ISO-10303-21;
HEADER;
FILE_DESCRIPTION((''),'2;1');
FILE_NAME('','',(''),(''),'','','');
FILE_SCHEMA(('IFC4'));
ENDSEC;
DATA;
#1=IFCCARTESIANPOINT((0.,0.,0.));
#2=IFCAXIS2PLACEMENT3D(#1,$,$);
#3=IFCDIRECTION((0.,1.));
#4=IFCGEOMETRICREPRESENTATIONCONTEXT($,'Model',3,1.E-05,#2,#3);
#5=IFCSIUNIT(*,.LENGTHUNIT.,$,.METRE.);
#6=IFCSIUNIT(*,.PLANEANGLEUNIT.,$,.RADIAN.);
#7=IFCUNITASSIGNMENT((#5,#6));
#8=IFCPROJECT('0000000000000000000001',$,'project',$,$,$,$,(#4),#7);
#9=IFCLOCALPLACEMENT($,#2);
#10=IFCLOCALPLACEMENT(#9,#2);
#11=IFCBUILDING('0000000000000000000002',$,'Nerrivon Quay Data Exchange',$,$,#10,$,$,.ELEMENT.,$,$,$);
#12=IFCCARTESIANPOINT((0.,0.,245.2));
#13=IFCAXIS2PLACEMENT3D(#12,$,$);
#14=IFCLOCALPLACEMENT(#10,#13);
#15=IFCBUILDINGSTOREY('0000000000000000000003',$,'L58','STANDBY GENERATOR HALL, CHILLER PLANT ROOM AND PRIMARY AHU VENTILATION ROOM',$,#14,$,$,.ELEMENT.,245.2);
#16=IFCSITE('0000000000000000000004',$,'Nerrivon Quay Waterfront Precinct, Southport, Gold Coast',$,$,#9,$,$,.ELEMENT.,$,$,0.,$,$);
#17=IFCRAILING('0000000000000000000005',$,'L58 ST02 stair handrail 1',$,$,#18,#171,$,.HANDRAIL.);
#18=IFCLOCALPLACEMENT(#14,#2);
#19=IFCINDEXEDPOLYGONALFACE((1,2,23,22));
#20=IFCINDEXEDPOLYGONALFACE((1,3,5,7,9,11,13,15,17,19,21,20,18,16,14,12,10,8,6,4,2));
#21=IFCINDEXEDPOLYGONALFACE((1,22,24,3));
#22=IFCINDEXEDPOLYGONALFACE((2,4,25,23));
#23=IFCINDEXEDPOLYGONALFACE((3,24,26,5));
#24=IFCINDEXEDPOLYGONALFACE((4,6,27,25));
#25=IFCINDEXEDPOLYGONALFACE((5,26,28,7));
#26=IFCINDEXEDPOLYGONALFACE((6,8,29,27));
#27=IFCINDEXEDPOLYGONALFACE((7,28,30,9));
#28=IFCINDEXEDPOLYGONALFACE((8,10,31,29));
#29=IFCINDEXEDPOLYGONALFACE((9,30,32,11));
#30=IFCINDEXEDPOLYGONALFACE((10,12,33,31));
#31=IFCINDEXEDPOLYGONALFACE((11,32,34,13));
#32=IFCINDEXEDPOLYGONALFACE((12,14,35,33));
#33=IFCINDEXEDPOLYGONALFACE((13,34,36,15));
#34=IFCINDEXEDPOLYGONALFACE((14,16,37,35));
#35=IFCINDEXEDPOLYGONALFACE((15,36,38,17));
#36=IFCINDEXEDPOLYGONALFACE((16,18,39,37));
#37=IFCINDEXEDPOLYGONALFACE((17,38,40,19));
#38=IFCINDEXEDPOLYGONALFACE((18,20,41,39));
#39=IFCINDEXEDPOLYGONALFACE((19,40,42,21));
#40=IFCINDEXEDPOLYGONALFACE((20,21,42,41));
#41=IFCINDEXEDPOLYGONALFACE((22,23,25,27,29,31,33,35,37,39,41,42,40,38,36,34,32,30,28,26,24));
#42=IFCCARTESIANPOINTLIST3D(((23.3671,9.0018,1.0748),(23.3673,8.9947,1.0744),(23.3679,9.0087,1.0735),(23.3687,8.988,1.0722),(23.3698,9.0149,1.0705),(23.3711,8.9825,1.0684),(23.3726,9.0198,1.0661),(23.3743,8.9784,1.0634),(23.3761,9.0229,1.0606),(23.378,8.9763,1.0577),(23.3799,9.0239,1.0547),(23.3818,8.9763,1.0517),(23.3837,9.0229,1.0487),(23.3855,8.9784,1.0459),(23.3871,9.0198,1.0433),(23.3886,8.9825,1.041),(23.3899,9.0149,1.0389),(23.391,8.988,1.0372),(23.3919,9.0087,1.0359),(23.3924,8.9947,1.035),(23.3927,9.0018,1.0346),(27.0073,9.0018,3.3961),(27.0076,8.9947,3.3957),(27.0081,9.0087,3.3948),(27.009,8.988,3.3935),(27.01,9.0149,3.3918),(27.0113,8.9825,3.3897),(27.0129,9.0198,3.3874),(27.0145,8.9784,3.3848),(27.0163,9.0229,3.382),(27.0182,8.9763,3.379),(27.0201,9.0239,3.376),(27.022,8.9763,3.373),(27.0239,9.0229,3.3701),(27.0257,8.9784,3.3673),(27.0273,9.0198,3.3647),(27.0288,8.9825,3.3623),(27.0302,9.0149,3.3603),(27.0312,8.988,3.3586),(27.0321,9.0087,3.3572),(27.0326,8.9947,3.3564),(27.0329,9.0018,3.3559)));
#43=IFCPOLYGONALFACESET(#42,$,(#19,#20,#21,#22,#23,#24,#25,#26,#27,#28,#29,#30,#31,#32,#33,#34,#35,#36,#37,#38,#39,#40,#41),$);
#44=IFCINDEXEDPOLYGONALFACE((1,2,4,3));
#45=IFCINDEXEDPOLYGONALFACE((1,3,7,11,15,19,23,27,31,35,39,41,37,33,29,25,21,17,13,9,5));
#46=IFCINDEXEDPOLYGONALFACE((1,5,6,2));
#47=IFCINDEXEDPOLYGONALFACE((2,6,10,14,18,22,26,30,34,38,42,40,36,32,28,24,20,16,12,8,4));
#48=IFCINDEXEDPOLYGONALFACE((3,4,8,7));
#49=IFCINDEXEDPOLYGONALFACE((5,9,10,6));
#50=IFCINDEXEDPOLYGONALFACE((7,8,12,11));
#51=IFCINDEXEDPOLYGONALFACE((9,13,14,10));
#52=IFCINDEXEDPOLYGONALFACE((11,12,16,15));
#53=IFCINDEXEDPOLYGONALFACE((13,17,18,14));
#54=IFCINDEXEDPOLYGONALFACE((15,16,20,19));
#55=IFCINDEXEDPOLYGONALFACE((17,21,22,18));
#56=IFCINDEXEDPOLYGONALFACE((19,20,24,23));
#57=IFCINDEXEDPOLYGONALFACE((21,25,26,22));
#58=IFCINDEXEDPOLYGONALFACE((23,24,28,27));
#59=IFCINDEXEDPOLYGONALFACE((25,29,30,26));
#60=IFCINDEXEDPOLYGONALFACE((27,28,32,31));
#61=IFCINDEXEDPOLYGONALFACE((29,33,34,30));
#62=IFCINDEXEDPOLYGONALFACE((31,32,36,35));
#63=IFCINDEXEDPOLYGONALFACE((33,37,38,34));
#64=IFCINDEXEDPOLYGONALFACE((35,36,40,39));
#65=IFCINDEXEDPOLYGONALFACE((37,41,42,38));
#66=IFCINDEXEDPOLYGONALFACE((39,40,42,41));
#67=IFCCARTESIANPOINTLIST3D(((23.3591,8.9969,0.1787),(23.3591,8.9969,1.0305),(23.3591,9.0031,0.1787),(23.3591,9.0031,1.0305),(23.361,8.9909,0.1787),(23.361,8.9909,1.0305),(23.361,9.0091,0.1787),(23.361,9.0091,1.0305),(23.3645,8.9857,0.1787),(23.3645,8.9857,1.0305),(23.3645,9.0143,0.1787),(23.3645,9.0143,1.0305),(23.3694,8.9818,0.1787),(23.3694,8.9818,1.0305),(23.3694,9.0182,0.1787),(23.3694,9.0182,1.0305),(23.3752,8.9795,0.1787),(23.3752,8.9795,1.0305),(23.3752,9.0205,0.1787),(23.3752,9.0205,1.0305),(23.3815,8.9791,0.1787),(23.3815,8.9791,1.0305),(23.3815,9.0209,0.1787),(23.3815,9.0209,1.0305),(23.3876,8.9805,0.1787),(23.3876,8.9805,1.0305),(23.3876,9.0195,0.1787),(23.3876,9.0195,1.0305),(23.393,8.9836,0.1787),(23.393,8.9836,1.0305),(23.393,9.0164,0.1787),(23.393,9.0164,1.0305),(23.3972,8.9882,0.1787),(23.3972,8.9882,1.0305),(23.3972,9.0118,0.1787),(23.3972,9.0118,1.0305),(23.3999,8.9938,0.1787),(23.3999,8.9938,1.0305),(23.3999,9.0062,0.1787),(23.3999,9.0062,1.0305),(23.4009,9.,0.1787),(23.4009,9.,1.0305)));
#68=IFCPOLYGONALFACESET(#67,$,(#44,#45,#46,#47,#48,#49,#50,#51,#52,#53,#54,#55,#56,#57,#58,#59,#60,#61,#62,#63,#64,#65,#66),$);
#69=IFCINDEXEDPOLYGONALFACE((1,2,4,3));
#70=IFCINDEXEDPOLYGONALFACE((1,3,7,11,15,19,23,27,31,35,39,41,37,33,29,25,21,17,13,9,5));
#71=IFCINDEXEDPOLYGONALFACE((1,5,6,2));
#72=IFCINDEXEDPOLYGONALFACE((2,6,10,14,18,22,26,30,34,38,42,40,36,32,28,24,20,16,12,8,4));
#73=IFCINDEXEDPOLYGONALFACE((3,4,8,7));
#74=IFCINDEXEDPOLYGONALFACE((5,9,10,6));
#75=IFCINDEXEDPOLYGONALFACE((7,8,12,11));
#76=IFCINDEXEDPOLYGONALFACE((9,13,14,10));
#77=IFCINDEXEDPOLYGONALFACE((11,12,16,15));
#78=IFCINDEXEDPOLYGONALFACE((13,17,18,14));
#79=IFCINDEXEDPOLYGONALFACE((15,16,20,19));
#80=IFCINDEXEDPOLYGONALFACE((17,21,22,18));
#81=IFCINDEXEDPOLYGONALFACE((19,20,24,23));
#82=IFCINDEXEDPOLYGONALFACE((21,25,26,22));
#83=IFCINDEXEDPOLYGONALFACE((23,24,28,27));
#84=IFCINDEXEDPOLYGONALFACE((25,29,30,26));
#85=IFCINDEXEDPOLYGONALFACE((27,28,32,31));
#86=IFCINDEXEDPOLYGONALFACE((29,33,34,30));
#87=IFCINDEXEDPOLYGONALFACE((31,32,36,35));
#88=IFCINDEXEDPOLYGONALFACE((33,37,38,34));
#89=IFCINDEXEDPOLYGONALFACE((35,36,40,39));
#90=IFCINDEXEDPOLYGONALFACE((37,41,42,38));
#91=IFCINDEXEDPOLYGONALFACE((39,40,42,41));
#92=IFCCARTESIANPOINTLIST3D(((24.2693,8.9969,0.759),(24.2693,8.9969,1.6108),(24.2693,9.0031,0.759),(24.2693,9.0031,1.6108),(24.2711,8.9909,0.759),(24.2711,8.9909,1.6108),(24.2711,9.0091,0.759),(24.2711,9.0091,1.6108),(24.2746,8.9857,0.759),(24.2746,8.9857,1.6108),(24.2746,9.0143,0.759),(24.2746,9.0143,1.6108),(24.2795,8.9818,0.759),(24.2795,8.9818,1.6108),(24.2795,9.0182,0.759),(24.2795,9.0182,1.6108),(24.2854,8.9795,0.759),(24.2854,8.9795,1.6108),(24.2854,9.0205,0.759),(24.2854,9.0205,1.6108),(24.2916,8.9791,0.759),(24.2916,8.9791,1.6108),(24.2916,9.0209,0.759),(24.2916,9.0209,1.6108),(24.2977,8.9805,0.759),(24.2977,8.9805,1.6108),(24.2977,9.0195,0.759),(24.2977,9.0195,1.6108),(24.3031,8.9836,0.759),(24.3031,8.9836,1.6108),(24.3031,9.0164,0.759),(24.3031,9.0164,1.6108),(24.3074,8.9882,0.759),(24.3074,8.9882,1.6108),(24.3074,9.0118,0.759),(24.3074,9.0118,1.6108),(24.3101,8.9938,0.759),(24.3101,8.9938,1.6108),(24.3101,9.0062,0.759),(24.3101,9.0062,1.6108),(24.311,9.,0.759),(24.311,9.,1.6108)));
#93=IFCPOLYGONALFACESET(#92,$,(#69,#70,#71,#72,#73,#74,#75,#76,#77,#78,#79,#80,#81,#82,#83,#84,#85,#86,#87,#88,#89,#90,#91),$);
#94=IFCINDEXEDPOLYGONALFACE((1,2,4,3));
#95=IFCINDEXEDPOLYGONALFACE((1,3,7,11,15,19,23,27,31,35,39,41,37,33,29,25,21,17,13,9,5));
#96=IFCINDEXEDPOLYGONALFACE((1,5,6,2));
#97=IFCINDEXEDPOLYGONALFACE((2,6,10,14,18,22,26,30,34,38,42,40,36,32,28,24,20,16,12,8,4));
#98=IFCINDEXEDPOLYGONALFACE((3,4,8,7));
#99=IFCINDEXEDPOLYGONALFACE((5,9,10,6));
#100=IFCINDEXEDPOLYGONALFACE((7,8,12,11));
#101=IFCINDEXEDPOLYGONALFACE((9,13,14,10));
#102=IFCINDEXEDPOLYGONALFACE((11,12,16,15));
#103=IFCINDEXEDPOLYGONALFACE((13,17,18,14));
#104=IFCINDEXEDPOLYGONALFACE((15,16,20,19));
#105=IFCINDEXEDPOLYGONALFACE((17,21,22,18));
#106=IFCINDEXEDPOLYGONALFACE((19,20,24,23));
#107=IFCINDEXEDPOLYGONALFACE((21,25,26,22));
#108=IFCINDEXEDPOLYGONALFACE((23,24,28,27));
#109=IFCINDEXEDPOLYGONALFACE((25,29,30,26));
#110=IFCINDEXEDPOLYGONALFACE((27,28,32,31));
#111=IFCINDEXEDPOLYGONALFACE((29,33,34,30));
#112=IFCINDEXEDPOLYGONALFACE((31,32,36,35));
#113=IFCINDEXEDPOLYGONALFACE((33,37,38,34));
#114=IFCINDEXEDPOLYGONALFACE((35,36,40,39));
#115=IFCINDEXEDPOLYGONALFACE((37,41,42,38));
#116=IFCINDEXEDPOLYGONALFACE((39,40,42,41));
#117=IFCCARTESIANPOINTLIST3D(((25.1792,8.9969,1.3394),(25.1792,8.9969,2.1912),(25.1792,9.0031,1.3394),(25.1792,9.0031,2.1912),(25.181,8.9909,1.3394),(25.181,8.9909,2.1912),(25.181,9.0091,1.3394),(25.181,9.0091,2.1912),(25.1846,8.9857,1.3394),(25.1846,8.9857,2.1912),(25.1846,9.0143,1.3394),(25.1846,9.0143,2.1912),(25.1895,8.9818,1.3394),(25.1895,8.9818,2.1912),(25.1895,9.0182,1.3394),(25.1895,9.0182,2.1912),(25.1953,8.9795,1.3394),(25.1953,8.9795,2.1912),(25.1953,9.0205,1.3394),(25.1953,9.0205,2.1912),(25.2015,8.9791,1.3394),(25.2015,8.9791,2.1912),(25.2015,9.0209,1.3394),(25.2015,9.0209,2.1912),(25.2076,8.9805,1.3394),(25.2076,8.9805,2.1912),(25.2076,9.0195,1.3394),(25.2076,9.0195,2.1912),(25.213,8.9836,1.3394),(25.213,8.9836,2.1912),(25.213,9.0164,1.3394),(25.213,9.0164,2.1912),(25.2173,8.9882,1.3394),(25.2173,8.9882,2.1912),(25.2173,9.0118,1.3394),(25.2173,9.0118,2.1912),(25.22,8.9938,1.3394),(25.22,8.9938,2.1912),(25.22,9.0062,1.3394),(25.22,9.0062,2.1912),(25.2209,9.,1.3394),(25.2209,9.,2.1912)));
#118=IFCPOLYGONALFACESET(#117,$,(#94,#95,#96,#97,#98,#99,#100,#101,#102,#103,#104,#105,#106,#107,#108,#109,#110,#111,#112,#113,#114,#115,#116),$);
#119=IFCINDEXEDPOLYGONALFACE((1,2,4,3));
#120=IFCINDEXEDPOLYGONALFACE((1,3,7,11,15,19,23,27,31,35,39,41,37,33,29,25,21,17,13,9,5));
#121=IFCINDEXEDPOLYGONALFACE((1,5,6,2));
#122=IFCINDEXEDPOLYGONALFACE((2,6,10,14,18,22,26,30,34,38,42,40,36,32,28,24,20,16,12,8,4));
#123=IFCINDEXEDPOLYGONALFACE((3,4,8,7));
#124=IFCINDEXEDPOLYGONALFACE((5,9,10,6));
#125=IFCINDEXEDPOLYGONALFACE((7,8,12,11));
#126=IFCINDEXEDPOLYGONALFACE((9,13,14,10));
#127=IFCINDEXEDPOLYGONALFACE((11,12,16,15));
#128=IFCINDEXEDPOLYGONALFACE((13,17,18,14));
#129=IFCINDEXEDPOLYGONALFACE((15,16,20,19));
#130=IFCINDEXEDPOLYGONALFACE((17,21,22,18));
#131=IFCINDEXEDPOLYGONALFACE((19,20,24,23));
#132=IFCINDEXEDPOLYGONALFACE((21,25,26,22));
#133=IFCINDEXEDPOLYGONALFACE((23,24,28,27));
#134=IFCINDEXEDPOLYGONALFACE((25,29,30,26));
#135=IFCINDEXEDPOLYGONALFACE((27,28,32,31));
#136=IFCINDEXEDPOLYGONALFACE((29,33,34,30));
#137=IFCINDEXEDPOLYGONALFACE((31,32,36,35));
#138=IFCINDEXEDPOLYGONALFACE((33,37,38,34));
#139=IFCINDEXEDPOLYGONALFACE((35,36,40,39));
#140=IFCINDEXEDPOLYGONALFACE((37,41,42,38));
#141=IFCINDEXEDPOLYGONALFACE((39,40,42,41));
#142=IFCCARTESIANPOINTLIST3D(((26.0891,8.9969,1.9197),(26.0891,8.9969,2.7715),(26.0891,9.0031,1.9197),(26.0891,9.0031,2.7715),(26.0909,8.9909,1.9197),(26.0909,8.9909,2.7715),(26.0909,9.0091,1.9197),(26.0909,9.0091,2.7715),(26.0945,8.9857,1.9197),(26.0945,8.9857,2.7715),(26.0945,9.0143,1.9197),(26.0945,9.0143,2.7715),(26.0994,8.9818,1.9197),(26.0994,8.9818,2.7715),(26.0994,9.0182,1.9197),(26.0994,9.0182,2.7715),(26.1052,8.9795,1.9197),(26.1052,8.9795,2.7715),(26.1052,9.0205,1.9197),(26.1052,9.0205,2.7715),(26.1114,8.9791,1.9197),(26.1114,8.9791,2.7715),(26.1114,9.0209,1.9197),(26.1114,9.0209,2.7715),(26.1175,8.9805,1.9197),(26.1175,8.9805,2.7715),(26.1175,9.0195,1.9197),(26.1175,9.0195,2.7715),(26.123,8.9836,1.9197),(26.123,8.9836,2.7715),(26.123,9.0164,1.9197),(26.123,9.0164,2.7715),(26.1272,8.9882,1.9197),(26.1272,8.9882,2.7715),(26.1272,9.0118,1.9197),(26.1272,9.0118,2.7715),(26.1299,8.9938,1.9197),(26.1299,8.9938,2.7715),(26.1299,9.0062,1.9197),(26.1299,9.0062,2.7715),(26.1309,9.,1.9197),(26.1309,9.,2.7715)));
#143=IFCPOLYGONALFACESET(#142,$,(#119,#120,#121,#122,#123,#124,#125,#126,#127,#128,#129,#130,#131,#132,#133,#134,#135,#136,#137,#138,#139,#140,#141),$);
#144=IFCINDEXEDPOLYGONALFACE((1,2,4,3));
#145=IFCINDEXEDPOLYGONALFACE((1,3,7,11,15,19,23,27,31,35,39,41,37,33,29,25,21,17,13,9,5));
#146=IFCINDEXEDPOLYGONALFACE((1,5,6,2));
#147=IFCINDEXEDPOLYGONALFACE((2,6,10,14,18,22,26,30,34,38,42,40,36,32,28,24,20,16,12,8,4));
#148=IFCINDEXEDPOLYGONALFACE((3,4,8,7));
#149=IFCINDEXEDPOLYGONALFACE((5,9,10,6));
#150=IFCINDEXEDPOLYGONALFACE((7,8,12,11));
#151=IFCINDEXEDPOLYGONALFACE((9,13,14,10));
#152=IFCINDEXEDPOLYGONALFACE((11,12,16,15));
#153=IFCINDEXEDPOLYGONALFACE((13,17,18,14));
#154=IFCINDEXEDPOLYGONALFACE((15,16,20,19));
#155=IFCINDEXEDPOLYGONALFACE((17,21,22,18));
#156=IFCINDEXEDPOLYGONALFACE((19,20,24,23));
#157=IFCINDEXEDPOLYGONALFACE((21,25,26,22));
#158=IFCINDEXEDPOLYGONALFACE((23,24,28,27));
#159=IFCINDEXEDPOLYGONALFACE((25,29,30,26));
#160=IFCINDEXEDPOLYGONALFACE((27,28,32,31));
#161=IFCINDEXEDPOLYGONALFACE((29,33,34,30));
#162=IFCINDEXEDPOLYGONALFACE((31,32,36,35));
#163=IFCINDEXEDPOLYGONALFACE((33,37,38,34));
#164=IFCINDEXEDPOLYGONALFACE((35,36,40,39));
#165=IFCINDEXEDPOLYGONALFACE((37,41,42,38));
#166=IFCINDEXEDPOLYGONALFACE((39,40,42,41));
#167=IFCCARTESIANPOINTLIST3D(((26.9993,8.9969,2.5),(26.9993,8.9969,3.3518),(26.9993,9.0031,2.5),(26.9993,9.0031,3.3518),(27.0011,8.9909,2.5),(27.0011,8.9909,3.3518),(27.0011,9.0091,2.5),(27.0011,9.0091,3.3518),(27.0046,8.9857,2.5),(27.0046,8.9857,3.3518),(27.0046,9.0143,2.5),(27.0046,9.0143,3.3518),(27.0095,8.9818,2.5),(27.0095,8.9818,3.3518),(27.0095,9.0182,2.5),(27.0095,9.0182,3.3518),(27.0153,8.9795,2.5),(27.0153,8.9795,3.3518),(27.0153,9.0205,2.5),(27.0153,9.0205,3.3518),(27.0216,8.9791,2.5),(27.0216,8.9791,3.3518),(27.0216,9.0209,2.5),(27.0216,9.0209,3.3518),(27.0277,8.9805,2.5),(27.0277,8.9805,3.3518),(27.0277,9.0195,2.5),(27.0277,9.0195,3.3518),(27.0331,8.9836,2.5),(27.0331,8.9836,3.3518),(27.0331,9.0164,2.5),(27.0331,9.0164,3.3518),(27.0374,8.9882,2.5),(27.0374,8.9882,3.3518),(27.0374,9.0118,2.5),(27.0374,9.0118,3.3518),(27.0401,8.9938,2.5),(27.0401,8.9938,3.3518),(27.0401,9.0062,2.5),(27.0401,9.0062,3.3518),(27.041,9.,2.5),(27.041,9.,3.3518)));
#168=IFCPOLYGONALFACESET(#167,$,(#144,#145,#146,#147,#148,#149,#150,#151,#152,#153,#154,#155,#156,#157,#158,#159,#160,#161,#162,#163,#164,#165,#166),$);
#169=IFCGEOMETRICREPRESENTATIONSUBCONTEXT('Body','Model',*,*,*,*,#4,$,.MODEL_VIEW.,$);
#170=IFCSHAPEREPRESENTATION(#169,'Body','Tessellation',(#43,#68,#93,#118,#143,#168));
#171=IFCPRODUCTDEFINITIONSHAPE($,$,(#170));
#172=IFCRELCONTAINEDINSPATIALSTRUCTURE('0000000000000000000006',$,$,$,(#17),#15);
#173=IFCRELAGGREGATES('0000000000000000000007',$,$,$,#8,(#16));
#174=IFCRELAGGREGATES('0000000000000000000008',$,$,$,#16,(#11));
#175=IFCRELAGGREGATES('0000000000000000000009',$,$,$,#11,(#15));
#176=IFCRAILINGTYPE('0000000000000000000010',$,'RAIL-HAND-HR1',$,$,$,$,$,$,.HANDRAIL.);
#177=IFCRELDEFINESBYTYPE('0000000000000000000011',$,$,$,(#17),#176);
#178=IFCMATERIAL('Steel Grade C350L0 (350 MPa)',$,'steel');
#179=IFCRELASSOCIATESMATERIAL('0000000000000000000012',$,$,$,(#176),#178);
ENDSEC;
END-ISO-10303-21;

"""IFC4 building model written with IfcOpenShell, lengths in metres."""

from ifc_helpers import new_model, si_unit, direction, frame, origin, origin_2d, place, context, subcontext, project, spatial, circle, extrude, material, type_object, element, save


model = new_model("IFC4")

# Units and contexts
model_context = context("Model", 3, precision=1e-05, world=origin(), true_north=direction((0.0, 1.0)))
body_context = subcontext(model_context, "Body", "Model", "MODEL_VIEW")
ifc_project = project(units=[si_unit("LENGTHUNIT", "METRE"), si_unit("PLANEANGLEUNIT", "RADIAN")], contexts=[model_context])

# Site, building, storey
site_placement = place(None, origin())
site = spatial("IfcSite", under=ifc_project, at=site_placement, Name="Nerrivon Quay Waterfront Precinct, Southport, Gold Coast", CompositionType="ELEMENT", RefElevation=0.0)
building_placement = place(site_placement, origin())
building = spatial("IfcBuilding", under=site, at=building_placement, Name="Nerrivon Quay Data Exchange", CompositionType="ELEMENT")
storey_placement = place(building_placement, frame((0.0, 0.0, 245.2)))
storey = spatial("IfcBuildingStorey", under=building, at=storey_placement, Name="L58", Description="STANDBY GENERATOR HALL, CHILLER PLANT ROOM AND PRIMARY AHU VENTILATION ROOM", CompositionType="ELEMENT", Elevation=245.2)

# Railing
ifc_material_1 = material(Name="Steel Grade C350L0 (350 MPa)", Category="steel")
railing_type_1 = type_object("IfcRailingType", Name="RAIL-HAND-HR1", PredefinedType="HANDRAIL", material=ifc_material_1)
railing_1_placement = place(storey_placement, frame((23.3799, 9.0, 0.1787)))
element("IfcRailing", 1, at=railing_1_placement, inside=storey, type_object=railing_type_1, Name="L58 ST02 stair handrail 1", PredefinedType="HANDRAIL", context=body_context, shape_type="SweptSolid", body=[
    extrude(circle(Radius=0.0239, at=origin_2d()), frame((0.0, 0.0, 0.876), z_axis=(0.843153, 0.0, 0.537673), x_axis=(0.0, 1.0, 0.0)), (0.0, 0.0, 1.0), 4.3174),
    extrude(circle(Radius=0.021, at=origin_2d()), origin(), (0.0, 0.0, 1.0), 0.8518),
    extrude(circle(Radius=0.021, at=origin_2d()), frame((0.9102, 0.0, 0.5803)), (0.0, 0.0, 1.0), 0.8518),
    extrude(circle(Radius=0.021, at=origin_2d()), frame((1.8201, 0.0, 1.1606)), (0.0, 0.0, 1.0), 0.8518),
    extrude(circle(Radius=0.021, at=origin_2d()), frame((2.73, 0.0, 1.741)), (0.0, 0.0, 1.0), 0.8518),
    extrude(circle(Radius=0.021, at=origin_2d()), frame((3.6401, 0.0, 2.3213)), (0.0, 0.0, 1.0), 0.8518),
])

save(model, "model.ifc")
